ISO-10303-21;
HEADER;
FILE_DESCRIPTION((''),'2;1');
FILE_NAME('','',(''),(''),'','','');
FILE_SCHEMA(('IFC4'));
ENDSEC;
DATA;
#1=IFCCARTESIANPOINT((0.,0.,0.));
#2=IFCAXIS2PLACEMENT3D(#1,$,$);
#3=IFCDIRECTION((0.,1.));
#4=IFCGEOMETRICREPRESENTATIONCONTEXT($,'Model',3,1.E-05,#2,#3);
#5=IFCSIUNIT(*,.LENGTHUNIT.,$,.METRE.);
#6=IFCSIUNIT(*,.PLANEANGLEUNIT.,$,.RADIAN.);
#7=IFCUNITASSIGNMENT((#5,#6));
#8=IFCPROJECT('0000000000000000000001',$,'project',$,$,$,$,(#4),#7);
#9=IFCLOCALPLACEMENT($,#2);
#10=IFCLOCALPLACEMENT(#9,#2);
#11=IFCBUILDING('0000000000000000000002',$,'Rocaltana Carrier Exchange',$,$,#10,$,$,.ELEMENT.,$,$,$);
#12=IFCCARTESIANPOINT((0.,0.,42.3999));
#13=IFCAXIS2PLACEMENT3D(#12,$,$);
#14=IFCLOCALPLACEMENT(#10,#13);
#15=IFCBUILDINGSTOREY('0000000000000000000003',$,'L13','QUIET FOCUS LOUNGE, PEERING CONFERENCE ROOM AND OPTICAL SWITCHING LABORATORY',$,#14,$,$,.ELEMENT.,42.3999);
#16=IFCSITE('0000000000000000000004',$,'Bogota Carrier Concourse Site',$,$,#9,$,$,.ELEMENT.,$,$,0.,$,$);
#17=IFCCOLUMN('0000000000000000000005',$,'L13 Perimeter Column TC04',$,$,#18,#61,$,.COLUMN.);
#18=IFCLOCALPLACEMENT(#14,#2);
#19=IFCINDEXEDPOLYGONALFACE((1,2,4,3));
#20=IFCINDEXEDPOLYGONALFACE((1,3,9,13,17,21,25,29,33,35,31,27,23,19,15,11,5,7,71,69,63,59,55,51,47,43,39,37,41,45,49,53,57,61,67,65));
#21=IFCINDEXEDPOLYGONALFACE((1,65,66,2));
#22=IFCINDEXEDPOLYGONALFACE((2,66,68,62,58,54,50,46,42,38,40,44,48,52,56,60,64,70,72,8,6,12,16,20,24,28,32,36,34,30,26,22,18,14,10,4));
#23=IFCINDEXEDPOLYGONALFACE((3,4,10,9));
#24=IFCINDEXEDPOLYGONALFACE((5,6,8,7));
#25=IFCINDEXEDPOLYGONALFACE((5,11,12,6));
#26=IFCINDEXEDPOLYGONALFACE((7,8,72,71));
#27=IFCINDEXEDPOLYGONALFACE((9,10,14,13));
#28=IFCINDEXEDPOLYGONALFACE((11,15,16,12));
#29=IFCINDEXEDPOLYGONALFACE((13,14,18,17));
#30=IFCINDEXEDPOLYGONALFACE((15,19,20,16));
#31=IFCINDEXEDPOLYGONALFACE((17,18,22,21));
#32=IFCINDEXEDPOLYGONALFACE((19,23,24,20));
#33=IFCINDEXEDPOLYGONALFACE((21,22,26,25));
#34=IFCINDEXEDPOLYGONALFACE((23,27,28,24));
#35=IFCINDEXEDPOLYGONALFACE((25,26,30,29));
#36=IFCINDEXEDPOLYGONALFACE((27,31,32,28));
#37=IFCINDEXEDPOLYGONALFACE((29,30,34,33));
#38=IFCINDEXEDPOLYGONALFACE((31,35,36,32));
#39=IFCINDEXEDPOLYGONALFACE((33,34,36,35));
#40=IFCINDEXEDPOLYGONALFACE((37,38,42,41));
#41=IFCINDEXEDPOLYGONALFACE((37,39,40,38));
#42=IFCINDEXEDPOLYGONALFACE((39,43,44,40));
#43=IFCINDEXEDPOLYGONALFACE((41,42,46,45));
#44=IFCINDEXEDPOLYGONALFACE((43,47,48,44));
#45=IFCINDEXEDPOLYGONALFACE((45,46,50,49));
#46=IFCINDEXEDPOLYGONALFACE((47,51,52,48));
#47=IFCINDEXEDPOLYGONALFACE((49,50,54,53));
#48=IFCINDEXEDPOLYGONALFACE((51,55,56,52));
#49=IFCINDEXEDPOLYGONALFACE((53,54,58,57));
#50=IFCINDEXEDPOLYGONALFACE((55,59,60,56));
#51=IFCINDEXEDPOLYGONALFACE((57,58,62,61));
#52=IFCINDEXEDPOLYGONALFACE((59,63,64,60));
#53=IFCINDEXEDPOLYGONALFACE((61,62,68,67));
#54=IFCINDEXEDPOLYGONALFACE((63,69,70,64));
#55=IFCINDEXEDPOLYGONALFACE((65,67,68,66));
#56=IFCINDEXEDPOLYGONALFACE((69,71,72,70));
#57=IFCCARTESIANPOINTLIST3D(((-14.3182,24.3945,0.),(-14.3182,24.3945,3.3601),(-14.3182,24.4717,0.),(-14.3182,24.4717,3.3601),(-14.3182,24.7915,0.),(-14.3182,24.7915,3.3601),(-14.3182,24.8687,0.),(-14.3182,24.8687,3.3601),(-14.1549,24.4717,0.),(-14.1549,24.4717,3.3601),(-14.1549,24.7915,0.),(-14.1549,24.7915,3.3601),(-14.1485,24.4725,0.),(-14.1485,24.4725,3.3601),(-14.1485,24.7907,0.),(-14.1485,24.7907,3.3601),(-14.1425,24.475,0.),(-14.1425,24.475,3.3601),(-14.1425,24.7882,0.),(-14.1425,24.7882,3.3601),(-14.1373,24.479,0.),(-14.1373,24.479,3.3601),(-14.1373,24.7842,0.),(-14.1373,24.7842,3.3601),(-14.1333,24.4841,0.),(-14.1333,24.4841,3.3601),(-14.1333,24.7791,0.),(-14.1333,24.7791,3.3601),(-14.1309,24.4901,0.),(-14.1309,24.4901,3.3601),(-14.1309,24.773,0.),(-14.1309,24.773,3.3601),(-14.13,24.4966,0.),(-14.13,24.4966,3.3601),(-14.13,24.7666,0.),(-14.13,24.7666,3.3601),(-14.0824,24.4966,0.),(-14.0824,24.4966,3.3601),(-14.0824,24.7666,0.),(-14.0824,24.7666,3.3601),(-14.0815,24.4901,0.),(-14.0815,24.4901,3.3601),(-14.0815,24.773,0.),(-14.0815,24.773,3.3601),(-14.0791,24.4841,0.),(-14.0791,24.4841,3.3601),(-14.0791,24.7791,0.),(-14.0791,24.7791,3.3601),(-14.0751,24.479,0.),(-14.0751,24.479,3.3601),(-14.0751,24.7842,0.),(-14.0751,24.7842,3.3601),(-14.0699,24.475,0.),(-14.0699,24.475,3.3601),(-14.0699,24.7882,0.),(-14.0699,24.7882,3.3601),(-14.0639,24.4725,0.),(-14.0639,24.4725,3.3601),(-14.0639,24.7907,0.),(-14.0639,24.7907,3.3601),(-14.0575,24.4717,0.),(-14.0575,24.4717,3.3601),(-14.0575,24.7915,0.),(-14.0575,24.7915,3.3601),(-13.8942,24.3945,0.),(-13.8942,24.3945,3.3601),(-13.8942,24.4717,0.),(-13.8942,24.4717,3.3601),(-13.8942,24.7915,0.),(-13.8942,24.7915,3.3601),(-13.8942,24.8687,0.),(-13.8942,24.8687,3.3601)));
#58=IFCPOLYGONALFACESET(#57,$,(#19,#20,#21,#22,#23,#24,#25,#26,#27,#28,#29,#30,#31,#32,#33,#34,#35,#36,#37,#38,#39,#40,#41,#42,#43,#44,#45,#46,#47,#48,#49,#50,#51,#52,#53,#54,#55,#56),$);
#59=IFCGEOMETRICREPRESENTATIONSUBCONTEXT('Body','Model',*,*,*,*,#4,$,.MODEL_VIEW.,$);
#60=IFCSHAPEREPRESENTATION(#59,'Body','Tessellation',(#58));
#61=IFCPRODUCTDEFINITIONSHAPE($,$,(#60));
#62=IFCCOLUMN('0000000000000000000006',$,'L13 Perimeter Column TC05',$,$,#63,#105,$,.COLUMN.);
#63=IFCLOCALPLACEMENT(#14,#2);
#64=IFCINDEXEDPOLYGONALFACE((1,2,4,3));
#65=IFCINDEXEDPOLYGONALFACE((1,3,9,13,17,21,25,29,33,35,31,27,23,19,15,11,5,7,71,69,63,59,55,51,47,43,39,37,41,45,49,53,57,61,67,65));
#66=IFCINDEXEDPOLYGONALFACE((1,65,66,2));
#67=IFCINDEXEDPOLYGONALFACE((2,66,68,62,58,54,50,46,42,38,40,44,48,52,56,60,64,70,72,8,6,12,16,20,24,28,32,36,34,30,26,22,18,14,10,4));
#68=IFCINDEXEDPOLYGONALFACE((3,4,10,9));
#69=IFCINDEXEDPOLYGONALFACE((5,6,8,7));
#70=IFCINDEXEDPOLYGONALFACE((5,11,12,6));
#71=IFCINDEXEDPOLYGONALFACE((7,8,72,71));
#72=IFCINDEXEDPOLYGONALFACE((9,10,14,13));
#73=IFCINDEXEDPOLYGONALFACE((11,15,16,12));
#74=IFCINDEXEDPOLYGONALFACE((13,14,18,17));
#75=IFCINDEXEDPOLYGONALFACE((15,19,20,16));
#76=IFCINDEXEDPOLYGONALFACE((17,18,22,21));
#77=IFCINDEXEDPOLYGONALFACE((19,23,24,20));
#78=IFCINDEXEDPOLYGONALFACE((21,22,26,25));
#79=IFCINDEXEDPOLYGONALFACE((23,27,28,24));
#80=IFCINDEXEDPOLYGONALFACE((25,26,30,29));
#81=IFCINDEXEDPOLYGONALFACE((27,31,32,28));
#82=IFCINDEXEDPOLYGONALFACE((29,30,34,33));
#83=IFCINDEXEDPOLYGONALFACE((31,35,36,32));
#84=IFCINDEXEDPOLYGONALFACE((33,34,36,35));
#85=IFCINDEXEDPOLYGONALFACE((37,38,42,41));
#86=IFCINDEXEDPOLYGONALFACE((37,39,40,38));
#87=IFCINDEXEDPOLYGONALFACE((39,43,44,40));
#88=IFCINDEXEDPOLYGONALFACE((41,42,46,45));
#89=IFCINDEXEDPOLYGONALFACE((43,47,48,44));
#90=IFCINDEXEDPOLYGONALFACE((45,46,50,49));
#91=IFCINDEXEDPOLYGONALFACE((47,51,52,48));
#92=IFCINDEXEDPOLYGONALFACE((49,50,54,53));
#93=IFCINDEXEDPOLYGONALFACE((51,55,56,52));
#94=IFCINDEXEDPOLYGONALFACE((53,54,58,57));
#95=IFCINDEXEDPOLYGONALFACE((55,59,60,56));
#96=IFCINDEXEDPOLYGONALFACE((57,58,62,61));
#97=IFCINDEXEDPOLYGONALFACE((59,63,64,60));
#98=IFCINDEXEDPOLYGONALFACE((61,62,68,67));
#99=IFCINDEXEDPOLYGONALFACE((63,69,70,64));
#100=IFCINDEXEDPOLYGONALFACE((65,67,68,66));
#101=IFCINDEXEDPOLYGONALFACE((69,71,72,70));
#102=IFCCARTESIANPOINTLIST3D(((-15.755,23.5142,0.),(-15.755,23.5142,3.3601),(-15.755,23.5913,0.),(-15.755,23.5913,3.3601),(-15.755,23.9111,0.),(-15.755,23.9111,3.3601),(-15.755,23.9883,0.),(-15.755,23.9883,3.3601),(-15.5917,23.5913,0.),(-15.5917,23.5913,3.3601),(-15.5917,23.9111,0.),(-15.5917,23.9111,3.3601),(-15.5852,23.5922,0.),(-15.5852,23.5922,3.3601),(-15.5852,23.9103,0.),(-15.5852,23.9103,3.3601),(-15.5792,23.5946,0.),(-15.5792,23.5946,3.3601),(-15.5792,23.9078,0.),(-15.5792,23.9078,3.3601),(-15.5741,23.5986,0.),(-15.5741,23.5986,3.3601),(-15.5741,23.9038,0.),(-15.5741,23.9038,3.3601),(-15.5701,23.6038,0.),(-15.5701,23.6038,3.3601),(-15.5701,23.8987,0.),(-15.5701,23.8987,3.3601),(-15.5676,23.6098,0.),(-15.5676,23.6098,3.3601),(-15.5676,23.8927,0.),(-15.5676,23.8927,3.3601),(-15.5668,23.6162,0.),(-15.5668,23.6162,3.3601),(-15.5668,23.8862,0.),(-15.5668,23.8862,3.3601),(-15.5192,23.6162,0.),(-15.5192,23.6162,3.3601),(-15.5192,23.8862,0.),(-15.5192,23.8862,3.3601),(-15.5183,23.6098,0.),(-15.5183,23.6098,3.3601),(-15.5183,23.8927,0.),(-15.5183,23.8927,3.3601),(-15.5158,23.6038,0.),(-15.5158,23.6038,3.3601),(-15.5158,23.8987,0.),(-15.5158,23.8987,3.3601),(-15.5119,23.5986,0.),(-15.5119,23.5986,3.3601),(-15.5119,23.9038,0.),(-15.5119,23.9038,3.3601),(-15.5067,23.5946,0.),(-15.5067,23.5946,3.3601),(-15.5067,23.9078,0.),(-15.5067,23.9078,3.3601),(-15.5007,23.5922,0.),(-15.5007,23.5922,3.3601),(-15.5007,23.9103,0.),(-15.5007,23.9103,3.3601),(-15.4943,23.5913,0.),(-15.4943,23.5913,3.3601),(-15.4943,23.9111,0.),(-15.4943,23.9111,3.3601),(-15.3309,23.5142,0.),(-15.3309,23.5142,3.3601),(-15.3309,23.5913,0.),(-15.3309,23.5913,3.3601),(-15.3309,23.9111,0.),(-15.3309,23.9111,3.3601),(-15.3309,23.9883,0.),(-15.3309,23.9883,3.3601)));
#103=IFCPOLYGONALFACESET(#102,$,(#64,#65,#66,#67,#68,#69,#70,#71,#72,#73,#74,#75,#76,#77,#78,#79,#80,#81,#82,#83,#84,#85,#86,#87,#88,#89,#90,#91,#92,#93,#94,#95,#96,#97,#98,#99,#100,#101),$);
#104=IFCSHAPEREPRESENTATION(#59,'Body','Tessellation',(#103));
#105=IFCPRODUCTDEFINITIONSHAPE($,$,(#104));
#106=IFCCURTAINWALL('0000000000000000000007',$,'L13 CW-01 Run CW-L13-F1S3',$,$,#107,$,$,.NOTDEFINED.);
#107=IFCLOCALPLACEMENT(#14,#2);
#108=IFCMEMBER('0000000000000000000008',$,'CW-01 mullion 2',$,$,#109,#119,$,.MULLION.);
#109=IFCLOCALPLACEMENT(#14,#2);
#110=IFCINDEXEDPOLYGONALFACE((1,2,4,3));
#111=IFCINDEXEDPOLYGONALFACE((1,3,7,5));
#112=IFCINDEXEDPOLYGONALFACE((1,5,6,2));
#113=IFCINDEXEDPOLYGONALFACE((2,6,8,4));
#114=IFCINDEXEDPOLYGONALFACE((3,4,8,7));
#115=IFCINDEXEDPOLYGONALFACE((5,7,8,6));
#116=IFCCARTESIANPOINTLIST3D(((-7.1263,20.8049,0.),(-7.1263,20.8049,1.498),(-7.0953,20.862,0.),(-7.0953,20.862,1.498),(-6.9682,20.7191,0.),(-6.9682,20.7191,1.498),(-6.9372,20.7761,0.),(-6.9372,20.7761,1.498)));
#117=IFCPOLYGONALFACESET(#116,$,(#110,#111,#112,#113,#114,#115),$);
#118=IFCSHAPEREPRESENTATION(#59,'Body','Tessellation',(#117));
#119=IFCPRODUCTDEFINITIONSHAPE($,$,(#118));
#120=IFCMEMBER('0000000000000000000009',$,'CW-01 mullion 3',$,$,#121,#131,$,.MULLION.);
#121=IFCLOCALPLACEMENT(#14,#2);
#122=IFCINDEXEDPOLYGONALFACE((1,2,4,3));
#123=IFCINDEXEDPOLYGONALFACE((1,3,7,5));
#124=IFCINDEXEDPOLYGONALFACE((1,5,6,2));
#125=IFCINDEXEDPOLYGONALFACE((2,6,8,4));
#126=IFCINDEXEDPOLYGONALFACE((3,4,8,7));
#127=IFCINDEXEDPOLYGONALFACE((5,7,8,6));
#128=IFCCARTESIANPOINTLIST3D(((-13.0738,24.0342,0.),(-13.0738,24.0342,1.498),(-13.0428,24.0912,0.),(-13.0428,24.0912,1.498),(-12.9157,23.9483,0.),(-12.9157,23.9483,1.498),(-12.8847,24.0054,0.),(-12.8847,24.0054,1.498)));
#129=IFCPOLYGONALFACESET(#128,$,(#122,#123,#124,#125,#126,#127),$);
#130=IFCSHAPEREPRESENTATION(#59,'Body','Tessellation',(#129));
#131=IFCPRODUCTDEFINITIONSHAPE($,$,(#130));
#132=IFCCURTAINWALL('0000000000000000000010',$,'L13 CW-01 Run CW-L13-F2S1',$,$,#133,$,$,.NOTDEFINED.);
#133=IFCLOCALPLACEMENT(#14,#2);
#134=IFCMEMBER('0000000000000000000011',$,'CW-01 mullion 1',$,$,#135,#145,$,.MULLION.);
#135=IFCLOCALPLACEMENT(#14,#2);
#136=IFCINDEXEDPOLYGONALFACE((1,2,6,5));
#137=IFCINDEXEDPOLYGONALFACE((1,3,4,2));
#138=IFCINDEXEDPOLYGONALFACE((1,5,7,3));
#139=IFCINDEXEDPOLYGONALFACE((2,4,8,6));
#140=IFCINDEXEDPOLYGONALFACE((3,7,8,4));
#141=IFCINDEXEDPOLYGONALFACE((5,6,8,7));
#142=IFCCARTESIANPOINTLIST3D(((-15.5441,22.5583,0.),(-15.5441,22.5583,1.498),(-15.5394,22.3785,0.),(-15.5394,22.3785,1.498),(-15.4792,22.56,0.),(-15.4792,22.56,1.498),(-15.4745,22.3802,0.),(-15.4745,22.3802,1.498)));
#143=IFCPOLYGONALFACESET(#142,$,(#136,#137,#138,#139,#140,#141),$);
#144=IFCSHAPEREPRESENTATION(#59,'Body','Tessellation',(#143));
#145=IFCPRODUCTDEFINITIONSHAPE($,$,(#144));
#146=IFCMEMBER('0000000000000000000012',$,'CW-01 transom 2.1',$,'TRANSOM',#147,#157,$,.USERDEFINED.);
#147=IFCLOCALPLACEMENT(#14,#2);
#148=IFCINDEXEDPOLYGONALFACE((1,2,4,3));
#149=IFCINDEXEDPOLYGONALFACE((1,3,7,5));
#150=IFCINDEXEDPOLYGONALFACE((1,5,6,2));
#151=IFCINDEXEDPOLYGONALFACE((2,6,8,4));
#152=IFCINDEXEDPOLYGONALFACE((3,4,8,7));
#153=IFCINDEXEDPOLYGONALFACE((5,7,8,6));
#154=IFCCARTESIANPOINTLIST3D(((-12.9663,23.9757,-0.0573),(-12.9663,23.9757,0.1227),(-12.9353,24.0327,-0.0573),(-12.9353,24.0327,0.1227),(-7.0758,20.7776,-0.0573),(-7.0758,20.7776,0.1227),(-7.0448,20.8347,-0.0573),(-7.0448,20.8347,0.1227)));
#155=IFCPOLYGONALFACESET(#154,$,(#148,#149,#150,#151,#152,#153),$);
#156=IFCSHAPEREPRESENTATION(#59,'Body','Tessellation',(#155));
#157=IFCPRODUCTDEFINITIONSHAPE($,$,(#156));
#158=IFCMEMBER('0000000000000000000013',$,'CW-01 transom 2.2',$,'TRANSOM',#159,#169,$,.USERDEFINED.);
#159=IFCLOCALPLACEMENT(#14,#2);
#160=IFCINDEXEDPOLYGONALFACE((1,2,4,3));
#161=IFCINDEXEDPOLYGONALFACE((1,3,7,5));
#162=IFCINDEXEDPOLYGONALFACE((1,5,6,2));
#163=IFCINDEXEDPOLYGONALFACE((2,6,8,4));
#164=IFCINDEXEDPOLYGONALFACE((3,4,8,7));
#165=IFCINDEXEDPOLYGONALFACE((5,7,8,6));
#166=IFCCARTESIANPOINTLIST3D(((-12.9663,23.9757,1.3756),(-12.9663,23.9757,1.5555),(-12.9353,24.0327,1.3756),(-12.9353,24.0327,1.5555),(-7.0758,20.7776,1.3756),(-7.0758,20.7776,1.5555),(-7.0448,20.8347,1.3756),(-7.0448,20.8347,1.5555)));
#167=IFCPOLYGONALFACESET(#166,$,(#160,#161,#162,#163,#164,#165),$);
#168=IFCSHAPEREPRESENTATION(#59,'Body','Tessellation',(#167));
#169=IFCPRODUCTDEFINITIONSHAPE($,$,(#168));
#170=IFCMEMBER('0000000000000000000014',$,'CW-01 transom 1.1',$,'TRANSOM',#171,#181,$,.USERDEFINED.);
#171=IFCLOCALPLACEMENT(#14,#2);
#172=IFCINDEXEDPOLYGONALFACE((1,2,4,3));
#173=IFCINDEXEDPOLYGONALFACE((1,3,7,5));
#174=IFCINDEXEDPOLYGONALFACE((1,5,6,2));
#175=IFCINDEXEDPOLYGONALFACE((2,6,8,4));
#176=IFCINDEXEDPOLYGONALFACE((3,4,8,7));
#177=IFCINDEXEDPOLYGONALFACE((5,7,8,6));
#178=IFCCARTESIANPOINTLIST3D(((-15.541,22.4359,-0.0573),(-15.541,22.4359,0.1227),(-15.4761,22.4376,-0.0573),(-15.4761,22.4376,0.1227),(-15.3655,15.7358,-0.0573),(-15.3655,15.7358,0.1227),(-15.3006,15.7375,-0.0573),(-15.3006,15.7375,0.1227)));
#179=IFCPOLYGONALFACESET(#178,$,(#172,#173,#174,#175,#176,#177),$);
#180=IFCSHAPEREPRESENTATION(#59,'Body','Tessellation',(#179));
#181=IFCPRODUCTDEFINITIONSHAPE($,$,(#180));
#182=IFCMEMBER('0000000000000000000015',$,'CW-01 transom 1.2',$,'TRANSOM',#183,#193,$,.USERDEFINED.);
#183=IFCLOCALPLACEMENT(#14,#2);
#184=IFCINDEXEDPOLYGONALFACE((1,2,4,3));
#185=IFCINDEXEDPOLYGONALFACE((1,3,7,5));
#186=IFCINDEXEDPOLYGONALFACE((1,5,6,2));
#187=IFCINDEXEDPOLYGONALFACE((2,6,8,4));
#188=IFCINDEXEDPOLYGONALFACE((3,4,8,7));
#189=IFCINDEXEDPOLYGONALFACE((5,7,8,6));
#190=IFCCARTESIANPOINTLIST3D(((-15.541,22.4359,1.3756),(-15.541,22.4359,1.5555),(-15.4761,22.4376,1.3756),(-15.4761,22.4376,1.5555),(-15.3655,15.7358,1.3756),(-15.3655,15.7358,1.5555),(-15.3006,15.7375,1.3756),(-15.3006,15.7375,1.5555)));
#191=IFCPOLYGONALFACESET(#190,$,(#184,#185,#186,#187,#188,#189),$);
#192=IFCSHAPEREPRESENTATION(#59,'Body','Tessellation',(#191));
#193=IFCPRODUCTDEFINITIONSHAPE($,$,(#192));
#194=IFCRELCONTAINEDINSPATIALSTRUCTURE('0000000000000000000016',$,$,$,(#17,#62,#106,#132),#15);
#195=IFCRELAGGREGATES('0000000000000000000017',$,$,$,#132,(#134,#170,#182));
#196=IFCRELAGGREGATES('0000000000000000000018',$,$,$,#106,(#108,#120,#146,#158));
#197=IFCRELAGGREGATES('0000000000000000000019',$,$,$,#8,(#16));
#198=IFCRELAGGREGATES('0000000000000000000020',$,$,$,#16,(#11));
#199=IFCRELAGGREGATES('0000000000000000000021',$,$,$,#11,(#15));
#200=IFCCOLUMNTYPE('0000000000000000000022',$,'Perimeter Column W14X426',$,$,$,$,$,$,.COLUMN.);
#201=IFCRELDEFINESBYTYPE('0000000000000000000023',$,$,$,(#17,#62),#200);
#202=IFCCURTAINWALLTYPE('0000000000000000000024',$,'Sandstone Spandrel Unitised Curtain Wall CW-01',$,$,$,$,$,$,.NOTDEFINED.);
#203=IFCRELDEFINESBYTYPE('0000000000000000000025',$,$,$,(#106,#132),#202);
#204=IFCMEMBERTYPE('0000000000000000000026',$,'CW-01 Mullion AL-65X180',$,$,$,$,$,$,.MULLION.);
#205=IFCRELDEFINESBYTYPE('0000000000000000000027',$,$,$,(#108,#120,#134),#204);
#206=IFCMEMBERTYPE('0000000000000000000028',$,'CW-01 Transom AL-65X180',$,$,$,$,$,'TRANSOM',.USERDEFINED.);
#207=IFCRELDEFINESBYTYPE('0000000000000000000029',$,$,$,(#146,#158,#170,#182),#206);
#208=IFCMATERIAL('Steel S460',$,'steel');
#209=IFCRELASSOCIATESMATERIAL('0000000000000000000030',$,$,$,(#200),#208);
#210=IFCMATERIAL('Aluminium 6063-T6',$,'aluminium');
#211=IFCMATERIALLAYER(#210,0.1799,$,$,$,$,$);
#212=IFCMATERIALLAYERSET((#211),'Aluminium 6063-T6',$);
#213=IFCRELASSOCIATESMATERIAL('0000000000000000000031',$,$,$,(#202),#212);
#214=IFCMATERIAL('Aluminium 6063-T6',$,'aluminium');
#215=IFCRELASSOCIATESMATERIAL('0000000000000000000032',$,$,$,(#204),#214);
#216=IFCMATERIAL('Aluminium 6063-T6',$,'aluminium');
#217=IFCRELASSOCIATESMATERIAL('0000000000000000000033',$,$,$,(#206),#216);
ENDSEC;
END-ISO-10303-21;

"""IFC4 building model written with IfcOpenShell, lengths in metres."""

from ifc_helpers import new_model, si_unit, direction, frame, origin, origin_2d, place, context, subcontext, project, spatial, rectangle, i_section, extrude, material, layer, layer_set, material_profile, profile_set, type_object, element, aggregate, save


model = new_model("IFC4")

# Units and contexts
model_context = context("Model", 3, precision=1e-05, world=origin(), true_north=direction((0.0, 1.0)))
body_context = subcontext(model_context, "Body", "Model", "MODEL_VIEW")
ifc_project = project(units=[si_unit("LENGTHUNIT", "METRE"), si_unit("PLANEANGLEUNIT", "RADIAN")], contexts=[model_context])

# Site, building, storey
site_placement = place(None, origin())
site = spatial("IfcSite", under=ifc_project, at=site_placement, Name="Bogota Carrier Concourse Site", CompositionType="ELEMENT", RefElevation=0.0)
building_placement = place(site_placement, origin())
building = spatial("IfcBuilding", under=site, at=building_placement, Name="Rocaltana Carrier Exchange", CompositionType="ELEMENT")
storey_placement = place(building_placement, frame((0.0, 0.0, 42.3999)))
storey = spatial("IfcBuildingStorey", under=building, at=storey_placement, Name="L13", Description="QUIET FOCUS LOUNGE, PEERING CONFERENCE ROOM AND OPTICAL SWITCHING LABORATORY", CompositionType="ELEMENT", Elevation=42.3999)

# Columns
ifc_material_1 = material(Name="Steel S460", Category="steel")
ifc_material_profile_1 = material_profile(ifc_material_1, i_section(OverallWidth=0.4241, OverallDepth=0.4741, WebThickness=0.0476, FlangeThickness=0.0771, FilletRadius=0.0249, at=origin_2d()), Name="W14X426")
ifc_profile_set_1 = profile_set([ifc_material_profile_1], Name="Steel S460")
column_type = type_object("IfcColumnType", Name="Perimeter Column W14X426", PredefinedType="COLUMN", material=ifc_profile_set_1)
for number, where, z_axis, x_axis, name in (
    (1, (-14.1062, 24.6316, 0.0), (0.0, 0.0, 1.0), (1.0, 0.0, 0.0), "L13 Perimeter Column TC04"),
    (2, (-15.543, 23.7512, 0.0), (0.0, 0.0, 1.0), (1.0, 0.0, 0.0), "L13 Perimeter Column TC05"),
):
    element("IfcColumn", number, at=place(storey_placement, frame(where, z_axis=z_axis, x_axis=x_axis)), inside=storey, type_object=column_type, Name=name, PredefinedType="COLUMN", context=body_context, shape_type="SweptSolid", body=[
        extrude(i_section(OverallWidth=0.4241, OverallDepth=0.4741, WebThickness=0.0476, FlangeThickness=0.0771, FilletRadius=0.0249, at=origin_2d()), origin(), (0.0, 0.0, 1.0), 3.3601),
    ])

# Curtain wall, members
ifc_material_2 = material(Name="Aluminium 6063-T6", Category="aluminium")
ifc_layer_1 = layer(ifc_material_2, 0.1799)
ifc_layer_set_1 = layer_set([ifc_layer_1], Name="Aluminium 6063-T6")
curtain_wall_type = type_object("IfcCurtainWallType", Name="Sandstone Spandrel Unitised Curtain Wall CW-01", PredefinedType="NOTDEFINED", material=ifc_layer_set_1)
curtain_wall_1_placement = place(storey_placement, origin())
curtain_wall_1 = element("IfcCurtainWall", 3, at=curtain_wall_1_placement, inside=storey, type_object=curtain_wall_type, Name="L13 CW-01 Run CW-L13-F1S3", PredefinedType="NOTDEFINED")
ifc_material_3 = material(Name="Aluminium 6063-T6", Category="aluminium")
ifc_material_profile_2 = material_profile(ifc_material_3, rectangle(XDim=0.0649, YDim=0.1799, at=origin_2d()), Name="AL-65X180")
ifc_profile_set_2 = profile_set([ifc_material_profile_2], Name="Aluminium 6063-T6")
member_type_1 = type_object("IfcMemberType", Name="CW-01 Mullion AL-65X180", PredefinedType="MULLION", material=ifc_profile_set_2)
member_1_placement = place(storey_placement, frame((-7.0317, 20.7905, 0.0), z_axis=(0.0, 0.0, 1.0), x_axis=(-0.477156, -0.878819, 0.0)))
member_1 = element("IfcMember", 4, at=member_1_placement, type_object=member_type_1, Name="CW-01 mullion 2", PredefinedType="MULLION", context=body_context, shape_type="SweptSolid", body=[
    extrude(rectangle(XDim=0.0649, YDim=0.1799, at=origin_2d()), origin(), (0.0, 0.0, 1.0), 1.498),
])
member_2_placement = place(storey_placement, frame((-12.9792, 24.0198, 0.0), z_axis=(0.0, 0.0, 1.0), x_axis=(-0.477156, -0.878819, 0.0)))
member_2 = element("IfcMember", 5, at=member_2_placement, type_object=member_type_1, Name="CW-01 mullion 3", PredefinedType="MULLION", context=body_context, shape_type="SweptSolid", body=[
    extrude(rectangle(XDim=0.0649, YDim=0.1799, at=origin_2d()), origin(), (0.0, 0.0, 1.0), 1.498),
])

# Curtain wall, member
curtain_wall_2_placement = place(storey_placement, origin())
curtain_wall_2 = element("IfcCurtainWall", 6, at=curtain_wall_2_placement, inside=storey, type_object=curtain_wall_type, Name="L13 CW-01 Run CW-L13-F2S1", PredefinedType="NOTDEFINED")
member_3_placement = place(storey_placement, frame((-15.5093, 22.4692, 0.0), z_axis=(0.0, 0.0, 1.0), x_axis=(0.999657, 0.026184, 0.0)))
member_3 = element("IfcMember", 7, at=member_3_placement, type_object=member_type_1, Name="CW-01 mullion 1", PredefinedType="MULLION", context=body_context, shape_type="SweptSolid", body=[
    extrude(rectangle(XDim=0.0649, YDim=0.1799, at=origin_2d()), origin(), (0.0, 0.0, 1.0), 1.498),
])

# Members
ifc_material_4 = material(Name="Aluminium 6063-T6", Category="aluminium")
ifc_material_profile_3 = material_profile(ifc_material_4, rectangle(XDim=0.0649, YDim=0.1799, at=origin_2d()), Name="AL-65X180")
ifc_profile_set_3 = profile_set([ifc_material_profile_3], Name="Aluminium 6063-T6")
member_type_2 = type_object("IfcMemberType", Name="CW-01 Transom AL-65X180", ElementType="TRANSOM", PredefinedType="USERDEFINED", material=ifc_profile_set_3)
member_4_placement = place(storey_placement, frame((-7.0603, 20.8062, 0.0327), z_axis=(-0.878831, 0.477134, 0.0), x_axis=(-0.477134, -0.878831, 0.0)))
member_4 = element("IfcMember", 8, at=member_4_placement, type_object=member_type_2, Name="CW-01 transom 2.1", ObjectType="TRANSOM", PredefinedType="USERDEFINED", context=body_context, shape_type="SweptSolid", body=[
    extrude(rectangle(XDim=0.0649, YDim=0.1799, at=origin_2d()), origin(), (0.0, 0.0, 1.0), 6.7026),
])
member_5_placement = place(storey_placement, frame((-7.0603, 20.8062, 1.4656), z_axis=(-0.878831, 0.477134, 0.0), x_axis=(-0.477134, -0.878831, 0.0)))
member_5 = element("IfcMember", 9, at=member_5_placement, type_object=member_type_2, Name="CW-01 transom 2.2", ObjectType="TRANSOM", PredefinedType="USERDEFINED", context=body_context, shape_type="SweptSolid", body=[
    extrude(rectangle(XDim=0.0649, YDim=0.1799, at=origin_2d()), origin(), (0.0, 0.0, 1.0), 6.7026),
])
member_6_placement = place(storey_placement, frame((-15.5085, 22.4368, 0.0327), z_axis=(0.02619, -0.999657, 0.0), x_axis=(0.999657, 0.02619, 0.0)))
member_6 = element("IfcMember", 10, at=member_6_placement, type_object=member_type_2, Name="CW-01 transom 1.1", ObjectType="TRANSOM", PredefinedType="USERDEFINED", context=body_context, shape_type="SweptSolid", body=[
    extrude(rectangle(XDim=0.0649, YDim=0.1799, at=origin_2d()), origin(), (0.0, 0.0, 1.0), 6.7024),
])
member_7_placement = place(storey_placement, frame((-15.5085, 22.4368, 1.4656), z_axis=(0.02619, -0.999657, 0.0), x_axis=(0.999657, 0.02619, 0.0)))
member_7 = element("IfcMember", 11, at=member_7_placement, type_object=member_type_2, Name="CW-01 transom 1.2", ObjectType="TRANSOM", PredefinedType="USERDEFINED", context=body_context, shape_type="SweptSolid", body=[
    extrude(rectangle(XDim=0.0649, YDim=0.1799, at=origin_2d()), origin(), (0.0, 0.0, 1.0), 6.7024),
])
aggregate(curtain_wall_2, [member_3, member_6, member_7])

aggregate(curtain_wall_1, [member_1, member_2, member_4, member_5])

save(model, "model.ifc")
